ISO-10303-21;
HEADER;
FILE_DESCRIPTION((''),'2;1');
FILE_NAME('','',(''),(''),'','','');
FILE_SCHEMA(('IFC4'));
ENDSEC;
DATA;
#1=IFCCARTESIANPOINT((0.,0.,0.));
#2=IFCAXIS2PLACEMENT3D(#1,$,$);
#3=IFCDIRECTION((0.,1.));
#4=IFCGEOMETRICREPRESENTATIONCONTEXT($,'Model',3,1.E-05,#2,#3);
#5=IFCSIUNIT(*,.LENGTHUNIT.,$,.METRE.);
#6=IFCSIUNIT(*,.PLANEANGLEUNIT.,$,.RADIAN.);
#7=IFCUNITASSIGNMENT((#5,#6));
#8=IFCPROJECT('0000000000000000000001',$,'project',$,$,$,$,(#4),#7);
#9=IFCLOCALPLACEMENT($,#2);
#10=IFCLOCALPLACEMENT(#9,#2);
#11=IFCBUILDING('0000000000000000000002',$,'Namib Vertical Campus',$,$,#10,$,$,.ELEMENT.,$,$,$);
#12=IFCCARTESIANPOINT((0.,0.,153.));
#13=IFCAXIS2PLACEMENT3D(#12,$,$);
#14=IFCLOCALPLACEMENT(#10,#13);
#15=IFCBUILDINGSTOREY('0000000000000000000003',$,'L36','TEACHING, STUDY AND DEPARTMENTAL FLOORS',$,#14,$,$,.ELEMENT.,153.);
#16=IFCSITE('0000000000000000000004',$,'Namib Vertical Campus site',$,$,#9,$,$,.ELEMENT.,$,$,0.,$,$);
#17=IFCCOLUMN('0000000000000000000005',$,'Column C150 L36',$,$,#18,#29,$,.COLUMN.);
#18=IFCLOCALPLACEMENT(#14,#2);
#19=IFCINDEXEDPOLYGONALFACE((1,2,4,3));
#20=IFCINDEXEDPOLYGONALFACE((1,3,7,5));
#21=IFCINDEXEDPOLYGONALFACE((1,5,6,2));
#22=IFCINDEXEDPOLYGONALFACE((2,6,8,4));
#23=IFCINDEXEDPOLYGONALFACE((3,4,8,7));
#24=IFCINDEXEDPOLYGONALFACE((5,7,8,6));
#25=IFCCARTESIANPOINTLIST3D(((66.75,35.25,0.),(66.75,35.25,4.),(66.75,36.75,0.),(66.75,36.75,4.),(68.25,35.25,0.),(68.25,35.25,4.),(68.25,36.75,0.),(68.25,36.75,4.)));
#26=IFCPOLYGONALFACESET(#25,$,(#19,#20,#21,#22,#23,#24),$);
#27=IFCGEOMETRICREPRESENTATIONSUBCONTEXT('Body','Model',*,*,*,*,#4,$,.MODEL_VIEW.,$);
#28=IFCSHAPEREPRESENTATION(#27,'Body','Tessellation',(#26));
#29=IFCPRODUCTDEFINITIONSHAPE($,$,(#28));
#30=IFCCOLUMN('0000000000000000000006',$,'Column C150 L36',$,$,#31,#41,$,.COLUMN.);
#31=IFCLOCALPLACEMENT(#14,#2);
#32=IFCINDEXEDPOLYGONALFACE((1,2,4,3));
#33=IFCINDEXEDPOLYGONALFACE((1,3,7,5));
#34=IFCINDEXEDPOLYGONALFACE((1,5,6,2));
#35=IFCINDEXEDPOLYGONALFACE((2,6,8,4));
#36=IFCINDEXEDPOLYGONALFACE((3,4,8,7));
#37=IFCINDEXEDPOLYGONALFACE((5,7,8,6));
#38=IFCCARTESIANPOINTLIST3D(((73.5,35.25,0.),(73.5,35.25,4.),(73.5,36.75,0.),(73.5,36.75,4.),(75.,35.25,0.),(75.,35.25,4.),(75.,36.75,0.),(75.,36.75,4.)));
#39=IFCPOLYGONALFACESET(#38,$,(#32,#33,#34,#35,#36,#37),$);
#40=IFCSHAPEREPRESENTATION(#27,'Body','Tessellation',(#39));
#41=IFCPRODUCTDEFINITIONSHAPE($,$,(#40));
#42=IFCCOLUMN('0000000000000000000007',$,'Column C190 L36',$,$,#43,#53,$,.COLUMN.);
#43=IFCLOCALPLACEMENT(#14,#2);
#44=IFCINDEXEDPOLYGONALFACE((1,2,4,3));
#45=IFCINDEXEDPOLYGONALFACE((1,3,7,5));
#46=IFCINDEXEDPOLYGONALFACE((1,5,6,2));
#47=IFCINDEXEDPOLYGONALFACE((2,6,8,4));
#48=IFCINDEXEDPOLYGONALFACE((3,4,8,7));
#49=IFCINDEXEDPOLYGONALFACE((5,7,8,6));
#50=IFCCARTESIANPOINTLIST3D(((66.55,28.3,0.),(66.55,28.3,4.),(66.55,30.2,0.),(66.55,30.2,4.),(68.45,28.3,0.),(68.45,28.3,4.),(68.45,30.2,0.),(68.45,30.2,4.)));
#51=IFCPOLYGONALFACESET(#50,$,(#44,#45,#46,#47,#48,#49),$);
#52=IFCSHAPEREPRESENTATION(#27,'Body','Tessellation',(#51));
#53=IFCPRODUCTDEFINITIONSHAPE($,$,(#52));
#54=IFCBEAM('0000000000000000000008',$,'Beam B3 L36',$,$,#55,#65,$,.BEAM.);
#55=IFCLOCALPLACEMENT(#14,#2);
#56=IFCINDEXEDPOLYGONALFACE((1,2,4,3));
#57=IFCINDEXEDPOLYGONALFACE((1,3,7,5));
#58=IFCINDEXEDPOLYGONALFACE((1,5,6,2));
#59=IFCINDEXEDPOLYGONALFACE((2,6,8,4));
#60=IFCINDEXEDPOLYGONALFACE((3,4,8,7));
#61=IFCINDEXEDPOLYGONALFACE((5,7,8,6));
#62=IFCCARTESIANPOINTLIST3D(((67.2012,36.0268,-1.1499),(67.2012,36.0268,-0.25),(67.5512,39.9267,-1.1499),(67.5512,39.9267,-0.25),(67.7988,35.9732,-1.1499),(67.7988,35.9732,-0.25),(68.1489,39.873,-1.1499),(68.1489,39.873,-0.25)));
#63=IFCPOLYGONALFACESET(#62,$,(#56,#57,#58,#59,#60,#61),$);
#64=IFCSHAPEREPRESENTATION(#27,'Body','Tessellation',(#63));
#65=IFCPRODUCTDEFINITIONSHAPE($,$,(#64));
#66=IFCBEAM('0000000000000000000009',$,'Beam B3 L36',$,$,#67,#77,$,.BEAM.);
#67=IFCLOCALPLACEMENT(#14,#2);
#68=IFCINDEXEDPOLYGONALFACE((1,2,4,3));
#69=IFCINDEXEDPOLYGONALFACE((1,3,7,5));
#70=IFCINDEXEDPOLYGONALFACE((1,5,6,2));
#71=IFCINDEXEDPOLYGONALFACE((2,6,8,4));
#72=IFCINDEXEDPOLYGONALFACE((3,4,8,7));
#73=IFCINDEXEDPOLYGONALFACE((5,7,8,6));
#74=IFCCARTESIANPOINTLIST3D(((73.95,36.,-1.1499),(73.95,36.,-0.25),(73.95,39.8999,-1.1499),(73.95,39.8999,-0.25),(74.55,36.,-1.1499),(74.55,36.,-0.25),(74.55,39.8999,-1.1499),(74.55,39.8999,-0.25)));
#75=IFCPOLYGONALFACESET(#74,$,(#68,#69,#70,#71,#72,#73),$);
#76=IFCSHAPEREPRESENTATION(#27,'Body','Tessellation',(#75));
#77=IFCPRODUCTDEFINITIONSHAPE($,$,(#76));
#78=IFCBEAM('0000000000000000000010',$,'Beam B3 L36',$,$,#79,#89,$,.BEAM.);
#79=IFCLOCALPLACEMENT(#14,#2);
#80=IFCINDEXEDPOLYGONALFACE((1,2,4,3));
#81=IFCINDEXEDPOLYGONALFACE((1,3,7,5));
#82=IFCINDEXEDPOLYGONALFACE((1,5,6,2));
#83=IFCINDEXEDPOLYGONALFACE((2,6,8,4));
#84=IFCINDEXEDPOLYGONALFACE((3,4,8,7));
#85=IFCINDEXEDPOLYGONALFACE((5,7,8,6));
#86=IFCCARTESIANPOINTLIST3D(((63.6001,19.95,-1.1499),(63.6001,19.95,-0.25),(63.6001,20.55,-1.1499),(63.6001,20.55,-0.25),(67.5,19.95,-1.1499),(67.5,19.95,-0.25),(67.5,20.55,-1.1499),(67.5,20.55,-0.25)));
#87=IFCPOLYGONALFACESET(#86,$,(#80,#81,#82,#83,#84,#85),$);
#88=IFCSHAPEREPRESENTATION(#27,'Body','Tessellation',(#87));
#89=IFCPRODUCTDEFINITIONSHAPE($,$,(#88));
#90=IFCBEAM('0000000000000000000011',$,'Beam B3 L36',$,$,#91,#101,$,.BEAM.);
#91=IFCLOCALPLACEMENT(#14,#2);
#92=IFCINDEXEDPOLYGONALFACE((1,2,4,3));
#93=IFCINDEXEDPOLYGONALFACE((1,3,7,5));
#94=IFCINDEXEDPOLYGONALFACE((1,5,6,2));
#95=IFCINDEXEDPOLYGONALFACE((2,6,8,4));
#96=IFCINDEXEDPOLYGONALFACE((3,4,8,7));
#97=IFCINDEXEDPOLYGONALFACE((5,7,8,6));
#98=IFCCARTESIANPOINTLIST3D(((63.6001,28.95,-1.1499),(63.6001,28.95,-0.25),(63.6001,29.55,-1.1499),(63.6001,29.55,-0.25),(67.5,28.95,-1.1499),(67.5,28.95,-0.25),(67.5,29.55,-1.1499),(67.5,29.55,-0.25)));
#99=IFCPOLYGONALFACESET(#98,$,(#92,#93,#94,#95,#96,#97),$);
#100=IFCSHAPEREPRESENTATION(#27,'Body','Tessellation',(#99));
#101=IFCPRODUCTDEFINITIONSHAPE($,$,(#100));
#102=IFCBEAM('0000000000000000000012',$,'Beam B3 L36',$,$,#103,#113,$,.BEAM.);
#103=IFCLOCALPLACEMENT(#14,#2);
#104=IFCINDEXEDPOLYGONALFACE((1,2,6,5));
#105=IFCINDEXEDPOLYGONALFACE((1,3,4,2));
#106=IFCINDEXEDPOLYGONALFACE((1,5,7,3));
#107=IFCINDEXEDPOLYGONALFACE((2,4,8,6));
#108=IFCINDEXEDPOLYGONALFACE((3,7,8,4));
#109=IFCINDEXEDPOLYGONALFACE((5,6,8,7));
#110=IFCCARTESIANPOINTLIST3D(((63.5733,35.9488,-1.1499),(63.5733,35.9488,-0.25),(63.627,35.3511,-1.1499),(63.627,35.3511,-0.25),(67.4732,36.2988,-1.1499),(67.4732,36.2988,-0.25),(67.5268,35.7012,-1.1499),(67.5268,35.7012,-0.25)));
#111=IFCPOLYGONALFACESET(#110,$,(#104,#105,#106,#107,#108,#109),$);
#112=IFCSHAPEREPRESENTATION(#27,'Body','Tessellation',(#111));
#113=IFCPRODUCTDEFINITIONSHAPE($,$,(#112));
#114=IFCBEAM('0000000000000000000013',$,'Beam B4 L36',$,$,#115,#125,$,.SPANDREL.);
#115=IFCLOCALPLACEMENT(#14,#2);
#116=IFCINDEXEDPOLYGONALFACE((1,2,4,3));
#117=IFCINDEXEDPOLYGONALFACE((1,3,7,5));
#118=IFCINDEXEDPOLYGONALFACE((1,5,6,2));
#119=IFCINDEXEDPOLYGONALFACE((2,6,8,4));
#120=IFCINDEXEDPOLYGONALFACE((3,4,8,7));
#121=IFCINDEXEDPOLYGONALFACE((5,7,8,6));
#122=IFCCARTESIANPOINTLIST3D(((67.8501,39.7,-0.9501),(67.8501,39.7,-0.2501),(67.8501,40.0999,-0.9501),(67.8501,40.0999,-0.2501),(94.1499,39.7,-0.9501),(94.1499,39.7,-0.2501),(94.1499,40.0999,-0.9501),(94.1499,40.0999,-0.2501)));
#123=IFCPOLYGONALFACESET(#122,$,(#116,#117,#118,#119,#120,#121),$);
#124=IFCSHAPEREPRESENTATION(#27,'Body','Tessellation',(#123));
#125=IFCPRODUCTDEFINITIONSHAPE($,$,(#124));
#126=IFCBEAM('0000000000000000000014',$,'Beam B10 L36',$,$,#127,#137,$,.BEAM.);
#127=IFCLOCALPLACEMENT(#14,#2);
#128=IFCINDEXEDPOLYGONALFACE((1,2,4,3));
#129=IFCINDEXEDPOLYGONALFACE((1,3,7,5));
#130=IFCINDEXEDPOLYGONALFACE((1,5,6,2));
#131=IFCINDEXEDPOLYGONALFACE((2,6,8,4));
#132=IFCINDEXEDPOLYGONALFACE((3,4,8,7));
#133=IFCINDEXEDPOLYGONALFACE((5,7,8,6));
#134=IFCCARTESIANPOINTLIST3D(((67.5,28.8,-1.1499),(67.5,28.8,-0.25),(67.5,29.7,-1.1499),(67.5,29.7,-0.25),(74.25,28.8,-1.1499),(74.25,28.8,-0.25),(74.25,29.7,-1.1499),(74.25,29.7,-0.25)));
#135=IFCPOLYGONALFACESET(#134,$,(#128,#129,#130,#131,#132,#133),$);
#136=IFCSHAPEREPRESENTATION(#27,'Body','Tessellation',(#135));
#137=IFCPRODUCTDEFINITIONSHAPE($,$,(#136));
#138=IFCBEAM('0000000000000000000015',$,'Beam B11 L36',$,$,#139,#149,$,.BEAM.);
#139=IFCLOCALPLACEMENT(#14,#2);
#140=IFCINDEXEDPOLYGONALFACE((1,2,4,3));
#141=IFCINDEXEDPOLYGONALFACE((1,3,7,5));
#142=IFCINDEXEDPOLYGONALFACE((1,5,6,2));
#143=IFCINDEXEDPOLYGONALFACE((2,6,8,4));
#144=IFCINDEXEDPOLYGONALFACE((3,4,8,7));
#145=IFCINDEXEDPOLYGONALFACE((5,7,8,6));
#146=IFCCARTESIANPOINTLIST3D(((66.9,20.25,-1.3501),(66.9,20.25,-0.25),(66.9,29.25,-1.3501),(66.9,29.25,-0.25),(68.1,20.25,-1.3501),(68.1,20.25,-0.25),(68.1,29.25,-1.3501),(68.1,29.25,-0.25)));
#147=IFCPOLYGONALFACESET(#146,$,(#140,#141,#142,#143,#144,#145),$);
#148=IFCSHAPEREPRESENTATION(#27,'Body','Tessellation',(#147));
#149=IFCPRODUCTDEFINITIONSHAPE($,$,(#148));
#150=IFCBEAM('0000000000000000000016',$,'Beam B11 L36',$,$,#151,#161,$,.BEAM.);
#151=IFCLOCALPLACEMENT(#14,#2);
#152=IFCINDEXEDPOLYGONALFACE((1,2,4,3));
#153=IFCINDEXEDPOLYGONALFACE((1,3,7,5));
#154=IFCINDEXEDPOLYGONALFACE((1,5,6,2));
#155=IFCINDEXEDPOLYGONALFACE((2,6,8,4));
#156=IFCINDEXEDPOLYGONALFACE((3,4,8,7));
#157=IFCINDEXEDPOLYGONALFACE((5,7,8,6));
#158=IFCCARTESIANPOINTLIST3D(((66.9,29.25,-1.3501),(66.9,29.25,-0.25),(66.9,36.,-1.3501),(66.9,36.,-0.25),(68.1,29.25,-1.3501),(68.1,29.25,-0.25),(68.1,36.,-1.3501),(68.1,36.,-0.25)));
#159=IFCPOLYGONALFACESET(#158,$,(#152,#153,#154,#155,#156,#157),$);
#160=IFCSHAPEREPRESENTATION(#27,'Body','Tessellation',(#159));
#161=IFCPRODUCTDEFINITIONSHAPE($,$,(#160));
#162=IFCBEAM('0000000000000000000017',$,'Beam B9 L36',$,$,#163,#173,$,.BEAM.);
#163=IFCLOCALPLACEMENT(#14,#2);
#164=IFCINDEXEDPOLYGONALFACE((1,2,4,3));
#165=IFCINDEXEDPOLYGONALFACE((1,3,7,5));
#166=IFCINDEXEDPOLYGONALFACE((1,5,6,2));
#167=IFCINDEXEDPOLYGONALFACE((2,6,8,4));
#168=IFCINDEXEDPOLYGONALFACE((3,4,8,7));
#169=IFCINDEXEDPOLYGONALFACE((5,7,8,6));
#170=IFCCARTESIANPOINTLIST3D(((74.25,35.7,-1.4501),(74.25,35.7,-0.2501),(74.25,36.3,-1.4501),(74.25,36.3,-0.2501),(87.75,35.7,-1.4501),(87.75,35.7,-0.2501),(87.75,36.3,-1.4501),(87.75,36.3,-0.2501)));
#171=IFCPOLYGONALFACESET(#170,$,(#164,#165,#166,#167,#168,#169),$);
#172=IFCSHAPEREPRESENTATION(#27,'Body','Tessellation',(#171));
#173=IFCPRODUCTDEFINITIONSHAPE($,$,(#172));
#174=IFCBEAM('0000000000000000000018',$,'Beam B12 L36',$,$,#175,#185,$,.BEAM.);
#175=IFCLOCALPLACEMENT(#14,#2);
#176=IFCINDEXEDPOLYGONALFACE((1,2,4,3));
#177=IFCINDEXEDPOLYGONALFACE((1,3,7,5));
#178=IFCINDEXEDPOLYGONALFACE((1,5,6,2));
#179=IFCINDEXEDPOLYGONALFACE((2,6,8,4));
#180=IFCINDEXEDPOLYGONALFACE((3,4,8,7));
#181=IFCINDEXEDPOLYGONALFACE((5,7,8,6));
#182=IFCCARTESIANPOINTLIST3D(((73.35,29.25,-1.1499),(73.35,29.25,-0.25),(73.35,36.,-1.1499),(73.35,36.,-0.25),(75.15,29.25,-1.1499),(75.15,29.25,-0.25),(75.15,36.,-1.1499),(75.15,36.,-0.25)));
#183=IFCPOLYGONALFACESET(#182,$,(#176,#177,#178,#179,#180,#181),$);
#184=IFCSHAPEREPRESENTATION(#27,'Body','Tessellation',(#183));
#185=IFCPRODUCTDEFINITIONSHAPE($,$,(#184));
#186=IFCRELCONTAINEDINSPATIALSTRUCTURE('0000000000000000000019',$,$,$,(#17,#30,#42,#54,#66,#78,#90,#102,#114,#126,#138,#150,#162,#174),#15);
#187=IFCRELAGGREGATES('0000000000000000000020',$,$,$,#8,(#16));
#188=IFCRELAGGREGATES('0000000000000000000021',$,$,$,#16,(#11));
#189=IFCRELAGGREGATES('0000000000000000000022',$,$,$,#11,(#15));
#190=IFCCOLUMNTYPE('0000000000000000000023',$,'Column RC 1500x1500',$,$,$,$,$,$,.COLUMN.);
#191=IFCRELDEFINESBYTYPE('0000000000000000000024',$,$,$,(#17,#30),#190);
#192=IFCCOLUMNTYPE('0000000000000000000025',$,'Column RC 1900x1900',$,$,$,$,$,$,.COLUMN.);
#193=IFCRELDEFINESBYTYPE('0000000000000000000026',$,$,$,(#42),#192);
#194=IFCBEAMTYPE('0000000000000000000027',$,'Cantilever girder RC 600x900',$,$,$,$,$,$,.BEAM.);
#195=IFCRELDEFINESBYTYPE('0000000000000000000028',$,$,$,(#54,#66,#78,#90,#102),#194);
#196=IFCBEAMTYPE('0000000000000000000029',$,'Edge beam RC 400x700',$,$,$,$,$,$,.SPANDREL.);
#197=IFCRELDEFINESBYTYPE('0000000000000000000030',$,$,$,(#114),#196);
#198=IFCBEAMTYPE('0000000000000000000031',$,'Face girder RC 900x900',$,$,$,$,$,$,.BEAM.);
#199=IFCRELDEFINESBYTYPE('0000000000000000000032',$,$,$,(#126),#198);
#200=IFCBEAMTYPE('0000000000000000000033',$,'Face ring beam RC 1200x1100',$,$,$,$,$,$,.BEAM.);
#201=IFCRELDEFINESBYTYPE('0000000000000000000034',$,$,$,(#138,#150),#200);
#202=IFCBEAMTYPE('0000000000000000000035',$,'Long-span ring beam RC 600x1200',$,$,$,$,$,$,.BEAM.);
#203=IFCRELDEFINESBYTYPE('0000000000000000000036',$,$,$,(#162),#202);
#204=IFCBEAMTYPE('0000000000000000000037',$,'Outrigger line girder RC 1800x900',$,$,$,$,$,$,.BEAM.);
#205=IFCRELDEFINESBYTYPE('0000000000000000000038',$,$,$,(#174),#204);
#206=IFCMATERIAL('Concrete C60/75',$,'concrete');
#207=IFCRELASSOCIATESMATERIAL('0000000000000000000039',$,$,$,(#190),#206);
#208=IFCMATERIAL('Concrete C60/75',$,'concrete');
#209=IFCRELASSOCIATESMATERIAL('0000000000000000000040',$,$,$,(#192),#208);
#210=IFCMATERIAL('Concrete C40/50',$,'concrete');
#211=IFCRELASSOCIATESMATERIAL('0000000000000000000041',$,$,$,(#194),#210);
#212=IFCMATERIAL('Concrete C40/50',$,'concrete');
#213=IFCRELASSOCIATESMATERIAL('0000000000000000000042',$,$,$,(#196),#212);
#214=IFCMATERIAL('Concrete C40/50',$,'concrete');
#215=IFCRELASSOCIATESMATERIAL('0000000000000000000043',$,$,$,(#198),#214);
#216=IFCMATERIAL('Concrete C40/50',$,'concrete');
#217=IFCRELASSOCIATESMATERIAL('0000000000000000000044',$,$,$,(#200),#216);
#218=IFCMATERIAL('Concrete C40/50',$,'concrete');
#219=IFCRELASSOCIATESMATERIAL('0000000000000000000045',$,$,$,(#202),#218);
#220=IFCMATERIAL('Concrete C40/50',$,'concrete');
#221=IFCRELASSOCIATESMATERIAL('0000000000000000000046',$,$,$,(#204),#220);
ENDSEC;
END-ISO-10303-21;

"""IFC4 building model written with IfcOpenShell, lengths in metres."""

from ifc_helpers import new_model, si_unit, direction, frame, origin, origin_2d, place, context, subcontext, project, spatial, rectangle, extrude, material, material_profile, profile_set, type_object, element, save


model = new_model("IFC4")

# Units and contexts
model_context = context("Model", 3, precision=1e-05, world=origin(), true_north=direction((0.0, 1.0)))
body_context = subcontext(model_context, "Body", "Model", "MODEL_VIEW")
ifc_project = project(units=[si_unit("LENGTHUNIT", "METRE"), si_unit("PLANEANGLEUNIT", "RADIAN")], contexts=[model_context])

# Site, building, storey
site_placement = place(None, origin())
site = spatial("IfcSite", under=ifc_project, at=site_placement, Name="Namib Vertical Campus site", CompositionType="ELEMENT", RefElevation=0.0)
building_placement = place(site_placement, origin())
building = spatial("IfcBuilding", under=site, at=building_placement, Name="Namib Vertical Campus", CompositionType="ELEMENT")
storey_placement = place(building_placement, frame((0.0, 0.0, 153.0)))
storey = spatial("IfcBuildingStorey", under=building, at=storey_placement, Name="L36", Description="TEACHING, STUDY AND DEPARTMENTAL FLOORS", CompositionType="ELEMENT", Elevation=153.0)

# Columns
ifc_material_1 = material(Name="Concrete C60/75", Category="concrete")
ifc_material_profile_1 = material_profile(ifc_material_1, rectangle(XDim=1.5, YDim=1.5, at=origin_2d()))
ifc_profile_set_1 = profile_set([ifc_material_profile_1], Name="Concrete C60/75")
column_type_1 = type_object("IfcColumnType", Name="Column RC 1500x1500", PredefinedType="COLUMN", material=ifc_profile_set_1)
for number, where, z_axis, x_axis, name in (
    (1, (67.5, 36.0, 0.0), (0.0, 0.0, 1.0), (1.0, 0.0, 0.0), "Column C150 L36"),
    (2, (74.25, 36.0, 0.0), (0.0, 0.0, 1.0), (1.0, 0.0, 0.0), "Column C150 L36"),
):
    element("IfcColumn", number, at=place(storey_placement, frame(where, z_axis=z_axis, x_axis=x_axis)), inside=storey, type_object=column_type_1, Name=name, PredefinedType="COLUMN", context=body_context, shape_type="SweptSolid", body=[
        extrude(rectangle(XDim=1.5, YDim=1.5, at=origin_2d()), origin(), (0.0, 0.0, 1.0), 4.0),
    ])
ifc_material_2 = material(Name="Concrete C60/75", Category="concrete")
ifc_material_profile_2 = material_profile(ifc_material_2, rectangle(XDim=1.8999, YDim=1.8999, at=origin_2d()))
ifc_profile_set_2 = profile_set([ifc_material_profile_2], Name="Concrete C60/75")
column_type_2 = type_object("IfcColumnType", Name="Column RC 1900x1900", PredefinedType="COLUMN", material=ifc_profile_set_2)
column_placement = place(storey_placement, frame((67.5, 29.25, 0.0), z_axis=(0.0, 0.0, 1.0), x_axis=(1.0, 0.0, 0.0)))
element("IfcColumn", 3, at=column_placement, inside=storey, type_object=column_type_2, Name="Column C190 L36", PredefinedType="COLUMN", context=body_context, shape_type="SweptSolid", body=[
    extrude(rectangle(XDim=1.8999, YDim=1.8999, at=origin_2d()), origin(), (0.0, 0.0, 1.0), 4.0),
])

# Beams
ifc_material_3 = material(Name="Concrete C40/50", Category="concrete")
ifc_material_profile_3 = material_profile(ifc_material_3, rectangle(XDim=0.6001, YDim=0.8999, at=origin_2d()))
ifc_profile_set_3 = profile_set([ifc_material_profile_3], Name="Concrete C40/50")
beam_type_1 = type_object("IfcBeamType", Name="Cantilever girder RC 600x900", PredefinedType="BEAM", material=ifc_profile_set_3)
beam_1_placement = place(storey_placement, frame((67.5, 36.0, -0.7), z_axis=(0.089411, 0.995995, 0.0), x_axis=(-0.995995, 0.089411, 0.0)))
element("IfcBeam", 4, at=beam_1_placement, inside=storey, type_object=beam_type_1, Name="Beam B3 L36", PredefinedType="BEAM", context=body_context, shape_type="SweptSolid", body=[
    extrude(rectangle(XDim=0.6001, YDim=0.8999, at=origin_2d()), origin(), (0.0, 0.0, 1.0), 3.9155),
])
for number, where, z_axis, x_axis, name in (
    (5, (74.25, 36.0, -0.7), (0.0, 1.0, 0.0), (-1.0, 0.0, 0.0), "Beam B3 L36"),
    (6, (67.5, 20.25, -0.7), (-1.0, 0.0, 0.0), (0.0, -1.0, 0.0), "Beam B3 L36"),
    (7, (67.5, 29.25, -0.7), (-1.0, 0.0, 0.0), (0.0, -1.0, 0.0), "Beam B3 L36"),
):
    element("IfcBeam", number, at=place(storey_placement, frame(where, z_axis=z_axis, x_axis=x_axis)), inside=storey, type_object=beam_type_1, Name=name, PredefinedType="BEAM", context=body_context, shape_type="SweptSolid", body=[
        extrude(rectangle(XDim=0.6001, YDim=0.8999, at=origin_2d()), origin(), (0.0, 0.0, 1.0), 3.8999),
    ])
beam_2_placement = place(storey_placement, frame((67.5, 36.0, -0.7), z_axis=(-0.995995, -0.089411, 0.0), x_axis=(0.089411, -0.995995, 0.0)))
element("IfcBeam", 8, at=beam_2_placement, inside=storey, type_object=beam_type_1, Name="Beam B3 L36", PredefinedType="BEAM", context=body_context, shape_type="SweptSolid", body=[
    extrude(rectangle(XDim=0.6001, YDim=0.8999, at=origin_2d()), origin(), (0.0, 0.0, 1.0), 3.9155),
])
ifc_material_4 = material(Name="Concrete C40/50", Category="concrete")
ifc_material_profile_4 = material_profile(ifc_material_4, rectangle(XDim=0.3999, YDim=0.7, at=origin_2d()))
ifc_profile_set_4 = profile_set([ifc_material_profile_4], Name="Concrete C40/50")
beam_type_2 = type_object("IfcBeamType", Name="Edge beam RC 400x700", PredefinedType="SPANDREL", material=ifc_profile_set_4)
beam_3_placement = place(storey_placement, frame((67.8501, 39.8999, -0.6001), z_axis=(1.0, 0.0, 0.0), x_axis=(0.0, 1.0, 0.0)))
element("IfcBeam", 9, at=beam_3_placement, inside=storey, type_object=beam_type_2, Name="Beam B4 L36", PredefinedType="SPANDREL", context=body_context, shape_type="SweptSolid", body=[
    extrude(rectangle(XDim=0.3999, YDim=0.7, at=origin_2d()), origin(), (0.0, 0.0, 1.0), 26.2998),
])
ifc_material_5 = material(Name="Concrete C40/50", Category="concrete")
ifc_material_profile_5 = material_profile(ifc_material_5, rectangle(XDim=0.8999, YDim=0.8999, at=origin_2d()))
ifc_profile_set_5 = profile_set([ifc_material_profile_5], Name="Concrete C40/50")
beam_type_3 = type_object("IfcBeamType", Name="Face girder RC 900x900", PredefinedType="BEAM", material=ifc_profile_set_5)
beam_4_placement = place(storey_placement, frame((67.5, 29.25, -0.7), z_axis=(1.0, 0.0, 0.0), x_axis=(0.0, 1.0, 0.0)))
element("IfcBeam", 10, at=beam_4_placement, inside=storey, type_object=beam_type_3, Name="Beam B10 L36", PredefinedType="BEAM", context=body_context, shape_type="SweptSolid", body=[
    extrude(rectangle(XDim=0.8999, YDim=0.8999, at=origin_2d()), origin(), (0.0, 0.0, 1.0), 6.75),
])
ifc_material_6 = material(Name="Concrete C40/50", Category="concrete")
ifc_material_profile_6 = material_profile(ifc_material_6, rectangle(XDim=1.2, YDim=1.1001, at=origin_2d()))
ifc_profile_set_6 = profile_set([ifc_material_profile_6], Name="Concrete C40/50")
beam_type_4 = type_object("IfcBeamType", Name="Face ring beam RC 1200x1100", PredefinedType="BEAM", material=ifc_profile_set_6)
beam_5_placement = place(storey_placement, frame((67.5, 20.25, -0.8), z_axis=(0.0, 1.0, 0.0), x_axis=(-1.0, 0.0, 0.0)))
element("IfcBeam", 11, at=beam_5_placement, inside=storey, type_object=beam_type_4, Name="Beam B11 L36", PredefinedType="BEAM", context=body_context, shape_type="SweptSolid", body=[
    extrude(rectangle(XDim=1.2, YDim=1.1001, at=origin_2d()), origin(), (0.0, 0.0, 1.0), 9.0),
])
beam_6_placement = place(storey_placement, frame((67.5, 29.25, -0.8), z_axis=(0.0, 1.0, 0.0), x_axis=(-1.0, 0.0, 0.0)))
element("IfcBeam", 12, at=beam_6_placement, inside=storey, type_object=beam_type_4, Name="Beam B11 L36", PredefinedType="BEAM", context=body_context, shape_type="SweptSolid", body=[
    extrude(rectangle(XDim=1.2, YDim=1.1001, at=origin_2d()), origin(), (0.0, 0.0, 1.0), 6.75),
])
ifc_material_7 = material(Name="Concrete C40/50", Category="concrete")
ifc_material_profile_7 = material_profile(ifc_material_7, rectangle(XDim=0.6001, YDim=1.2, at=origin_2d()))
ifc_profile_set_7 = profile_set([ifc_material_profile_7], Name="Concrete C40/50")
beam_type_5 = type_object("IfcBeamType", Name="Long-span ring beam RC 600x1200", PredefinedType="BEAM", material=ifc_profile_set_7)
beam_7_placement = place(storey_placement, frame((74.25, 36.0, -0.8501), z_axis=(1.0, 0.0, 0.0), x_axis=(0.0, 1.0, 0.0)))
element("IfcBeam", 13, at=beam_7_placement, inside=storey, type_object=beam_type_5, Name="Beam B9 L36", PredefinedType="BEAM", context=body_context, shape_type="SweptSolid", body=[
    extrude(rectangle(XDim=0.6001, YDim=1.2, at=origin_2d()), origin(), (0.0, 0.0, 1.0), 13.5),
])
ifc_material_8 = material(Name="Concrete C40/50", Category="concrete")
ifc_material_profile_8 = material_profile(ifc_material_8, rectangle(XDim=1.8, YDim=0.8999, at=origin_2d()))
ifc_profile_set_8 = profile_set([ifc_material_profile_8], Name="Concrete C40/50")
beam_type_6 = type_object("IfcBeamType", Name="Outrigger line girder RC 1800x900", PredefinedType="BEAM", material=ifc_profile_set_8)
for number, where, z_axis, x_axis, name in (
    (14, (74.25, 36.0, -0.7), (0.0, -1.0, 0.0), (1.0, 0.0, 0.0), "Beam B12 L36"),
):
    element("IfcBeam", number, at=place(storey_placement, frame(where, z_axis=z_axis, x_axis=x_axis)), inside=storey, type_object=beam_type_6, Name=name, PredefinedType="BEAM", context=body_context, shape_type="SweptSolid", body=[
        extrude(rectangle(XDim=1.8, YDim=0.8999, at=origin_2d()), origin(), (0.0, 0.0, 1.0), 6.75),
    ])

save(model, "model.ifc")
